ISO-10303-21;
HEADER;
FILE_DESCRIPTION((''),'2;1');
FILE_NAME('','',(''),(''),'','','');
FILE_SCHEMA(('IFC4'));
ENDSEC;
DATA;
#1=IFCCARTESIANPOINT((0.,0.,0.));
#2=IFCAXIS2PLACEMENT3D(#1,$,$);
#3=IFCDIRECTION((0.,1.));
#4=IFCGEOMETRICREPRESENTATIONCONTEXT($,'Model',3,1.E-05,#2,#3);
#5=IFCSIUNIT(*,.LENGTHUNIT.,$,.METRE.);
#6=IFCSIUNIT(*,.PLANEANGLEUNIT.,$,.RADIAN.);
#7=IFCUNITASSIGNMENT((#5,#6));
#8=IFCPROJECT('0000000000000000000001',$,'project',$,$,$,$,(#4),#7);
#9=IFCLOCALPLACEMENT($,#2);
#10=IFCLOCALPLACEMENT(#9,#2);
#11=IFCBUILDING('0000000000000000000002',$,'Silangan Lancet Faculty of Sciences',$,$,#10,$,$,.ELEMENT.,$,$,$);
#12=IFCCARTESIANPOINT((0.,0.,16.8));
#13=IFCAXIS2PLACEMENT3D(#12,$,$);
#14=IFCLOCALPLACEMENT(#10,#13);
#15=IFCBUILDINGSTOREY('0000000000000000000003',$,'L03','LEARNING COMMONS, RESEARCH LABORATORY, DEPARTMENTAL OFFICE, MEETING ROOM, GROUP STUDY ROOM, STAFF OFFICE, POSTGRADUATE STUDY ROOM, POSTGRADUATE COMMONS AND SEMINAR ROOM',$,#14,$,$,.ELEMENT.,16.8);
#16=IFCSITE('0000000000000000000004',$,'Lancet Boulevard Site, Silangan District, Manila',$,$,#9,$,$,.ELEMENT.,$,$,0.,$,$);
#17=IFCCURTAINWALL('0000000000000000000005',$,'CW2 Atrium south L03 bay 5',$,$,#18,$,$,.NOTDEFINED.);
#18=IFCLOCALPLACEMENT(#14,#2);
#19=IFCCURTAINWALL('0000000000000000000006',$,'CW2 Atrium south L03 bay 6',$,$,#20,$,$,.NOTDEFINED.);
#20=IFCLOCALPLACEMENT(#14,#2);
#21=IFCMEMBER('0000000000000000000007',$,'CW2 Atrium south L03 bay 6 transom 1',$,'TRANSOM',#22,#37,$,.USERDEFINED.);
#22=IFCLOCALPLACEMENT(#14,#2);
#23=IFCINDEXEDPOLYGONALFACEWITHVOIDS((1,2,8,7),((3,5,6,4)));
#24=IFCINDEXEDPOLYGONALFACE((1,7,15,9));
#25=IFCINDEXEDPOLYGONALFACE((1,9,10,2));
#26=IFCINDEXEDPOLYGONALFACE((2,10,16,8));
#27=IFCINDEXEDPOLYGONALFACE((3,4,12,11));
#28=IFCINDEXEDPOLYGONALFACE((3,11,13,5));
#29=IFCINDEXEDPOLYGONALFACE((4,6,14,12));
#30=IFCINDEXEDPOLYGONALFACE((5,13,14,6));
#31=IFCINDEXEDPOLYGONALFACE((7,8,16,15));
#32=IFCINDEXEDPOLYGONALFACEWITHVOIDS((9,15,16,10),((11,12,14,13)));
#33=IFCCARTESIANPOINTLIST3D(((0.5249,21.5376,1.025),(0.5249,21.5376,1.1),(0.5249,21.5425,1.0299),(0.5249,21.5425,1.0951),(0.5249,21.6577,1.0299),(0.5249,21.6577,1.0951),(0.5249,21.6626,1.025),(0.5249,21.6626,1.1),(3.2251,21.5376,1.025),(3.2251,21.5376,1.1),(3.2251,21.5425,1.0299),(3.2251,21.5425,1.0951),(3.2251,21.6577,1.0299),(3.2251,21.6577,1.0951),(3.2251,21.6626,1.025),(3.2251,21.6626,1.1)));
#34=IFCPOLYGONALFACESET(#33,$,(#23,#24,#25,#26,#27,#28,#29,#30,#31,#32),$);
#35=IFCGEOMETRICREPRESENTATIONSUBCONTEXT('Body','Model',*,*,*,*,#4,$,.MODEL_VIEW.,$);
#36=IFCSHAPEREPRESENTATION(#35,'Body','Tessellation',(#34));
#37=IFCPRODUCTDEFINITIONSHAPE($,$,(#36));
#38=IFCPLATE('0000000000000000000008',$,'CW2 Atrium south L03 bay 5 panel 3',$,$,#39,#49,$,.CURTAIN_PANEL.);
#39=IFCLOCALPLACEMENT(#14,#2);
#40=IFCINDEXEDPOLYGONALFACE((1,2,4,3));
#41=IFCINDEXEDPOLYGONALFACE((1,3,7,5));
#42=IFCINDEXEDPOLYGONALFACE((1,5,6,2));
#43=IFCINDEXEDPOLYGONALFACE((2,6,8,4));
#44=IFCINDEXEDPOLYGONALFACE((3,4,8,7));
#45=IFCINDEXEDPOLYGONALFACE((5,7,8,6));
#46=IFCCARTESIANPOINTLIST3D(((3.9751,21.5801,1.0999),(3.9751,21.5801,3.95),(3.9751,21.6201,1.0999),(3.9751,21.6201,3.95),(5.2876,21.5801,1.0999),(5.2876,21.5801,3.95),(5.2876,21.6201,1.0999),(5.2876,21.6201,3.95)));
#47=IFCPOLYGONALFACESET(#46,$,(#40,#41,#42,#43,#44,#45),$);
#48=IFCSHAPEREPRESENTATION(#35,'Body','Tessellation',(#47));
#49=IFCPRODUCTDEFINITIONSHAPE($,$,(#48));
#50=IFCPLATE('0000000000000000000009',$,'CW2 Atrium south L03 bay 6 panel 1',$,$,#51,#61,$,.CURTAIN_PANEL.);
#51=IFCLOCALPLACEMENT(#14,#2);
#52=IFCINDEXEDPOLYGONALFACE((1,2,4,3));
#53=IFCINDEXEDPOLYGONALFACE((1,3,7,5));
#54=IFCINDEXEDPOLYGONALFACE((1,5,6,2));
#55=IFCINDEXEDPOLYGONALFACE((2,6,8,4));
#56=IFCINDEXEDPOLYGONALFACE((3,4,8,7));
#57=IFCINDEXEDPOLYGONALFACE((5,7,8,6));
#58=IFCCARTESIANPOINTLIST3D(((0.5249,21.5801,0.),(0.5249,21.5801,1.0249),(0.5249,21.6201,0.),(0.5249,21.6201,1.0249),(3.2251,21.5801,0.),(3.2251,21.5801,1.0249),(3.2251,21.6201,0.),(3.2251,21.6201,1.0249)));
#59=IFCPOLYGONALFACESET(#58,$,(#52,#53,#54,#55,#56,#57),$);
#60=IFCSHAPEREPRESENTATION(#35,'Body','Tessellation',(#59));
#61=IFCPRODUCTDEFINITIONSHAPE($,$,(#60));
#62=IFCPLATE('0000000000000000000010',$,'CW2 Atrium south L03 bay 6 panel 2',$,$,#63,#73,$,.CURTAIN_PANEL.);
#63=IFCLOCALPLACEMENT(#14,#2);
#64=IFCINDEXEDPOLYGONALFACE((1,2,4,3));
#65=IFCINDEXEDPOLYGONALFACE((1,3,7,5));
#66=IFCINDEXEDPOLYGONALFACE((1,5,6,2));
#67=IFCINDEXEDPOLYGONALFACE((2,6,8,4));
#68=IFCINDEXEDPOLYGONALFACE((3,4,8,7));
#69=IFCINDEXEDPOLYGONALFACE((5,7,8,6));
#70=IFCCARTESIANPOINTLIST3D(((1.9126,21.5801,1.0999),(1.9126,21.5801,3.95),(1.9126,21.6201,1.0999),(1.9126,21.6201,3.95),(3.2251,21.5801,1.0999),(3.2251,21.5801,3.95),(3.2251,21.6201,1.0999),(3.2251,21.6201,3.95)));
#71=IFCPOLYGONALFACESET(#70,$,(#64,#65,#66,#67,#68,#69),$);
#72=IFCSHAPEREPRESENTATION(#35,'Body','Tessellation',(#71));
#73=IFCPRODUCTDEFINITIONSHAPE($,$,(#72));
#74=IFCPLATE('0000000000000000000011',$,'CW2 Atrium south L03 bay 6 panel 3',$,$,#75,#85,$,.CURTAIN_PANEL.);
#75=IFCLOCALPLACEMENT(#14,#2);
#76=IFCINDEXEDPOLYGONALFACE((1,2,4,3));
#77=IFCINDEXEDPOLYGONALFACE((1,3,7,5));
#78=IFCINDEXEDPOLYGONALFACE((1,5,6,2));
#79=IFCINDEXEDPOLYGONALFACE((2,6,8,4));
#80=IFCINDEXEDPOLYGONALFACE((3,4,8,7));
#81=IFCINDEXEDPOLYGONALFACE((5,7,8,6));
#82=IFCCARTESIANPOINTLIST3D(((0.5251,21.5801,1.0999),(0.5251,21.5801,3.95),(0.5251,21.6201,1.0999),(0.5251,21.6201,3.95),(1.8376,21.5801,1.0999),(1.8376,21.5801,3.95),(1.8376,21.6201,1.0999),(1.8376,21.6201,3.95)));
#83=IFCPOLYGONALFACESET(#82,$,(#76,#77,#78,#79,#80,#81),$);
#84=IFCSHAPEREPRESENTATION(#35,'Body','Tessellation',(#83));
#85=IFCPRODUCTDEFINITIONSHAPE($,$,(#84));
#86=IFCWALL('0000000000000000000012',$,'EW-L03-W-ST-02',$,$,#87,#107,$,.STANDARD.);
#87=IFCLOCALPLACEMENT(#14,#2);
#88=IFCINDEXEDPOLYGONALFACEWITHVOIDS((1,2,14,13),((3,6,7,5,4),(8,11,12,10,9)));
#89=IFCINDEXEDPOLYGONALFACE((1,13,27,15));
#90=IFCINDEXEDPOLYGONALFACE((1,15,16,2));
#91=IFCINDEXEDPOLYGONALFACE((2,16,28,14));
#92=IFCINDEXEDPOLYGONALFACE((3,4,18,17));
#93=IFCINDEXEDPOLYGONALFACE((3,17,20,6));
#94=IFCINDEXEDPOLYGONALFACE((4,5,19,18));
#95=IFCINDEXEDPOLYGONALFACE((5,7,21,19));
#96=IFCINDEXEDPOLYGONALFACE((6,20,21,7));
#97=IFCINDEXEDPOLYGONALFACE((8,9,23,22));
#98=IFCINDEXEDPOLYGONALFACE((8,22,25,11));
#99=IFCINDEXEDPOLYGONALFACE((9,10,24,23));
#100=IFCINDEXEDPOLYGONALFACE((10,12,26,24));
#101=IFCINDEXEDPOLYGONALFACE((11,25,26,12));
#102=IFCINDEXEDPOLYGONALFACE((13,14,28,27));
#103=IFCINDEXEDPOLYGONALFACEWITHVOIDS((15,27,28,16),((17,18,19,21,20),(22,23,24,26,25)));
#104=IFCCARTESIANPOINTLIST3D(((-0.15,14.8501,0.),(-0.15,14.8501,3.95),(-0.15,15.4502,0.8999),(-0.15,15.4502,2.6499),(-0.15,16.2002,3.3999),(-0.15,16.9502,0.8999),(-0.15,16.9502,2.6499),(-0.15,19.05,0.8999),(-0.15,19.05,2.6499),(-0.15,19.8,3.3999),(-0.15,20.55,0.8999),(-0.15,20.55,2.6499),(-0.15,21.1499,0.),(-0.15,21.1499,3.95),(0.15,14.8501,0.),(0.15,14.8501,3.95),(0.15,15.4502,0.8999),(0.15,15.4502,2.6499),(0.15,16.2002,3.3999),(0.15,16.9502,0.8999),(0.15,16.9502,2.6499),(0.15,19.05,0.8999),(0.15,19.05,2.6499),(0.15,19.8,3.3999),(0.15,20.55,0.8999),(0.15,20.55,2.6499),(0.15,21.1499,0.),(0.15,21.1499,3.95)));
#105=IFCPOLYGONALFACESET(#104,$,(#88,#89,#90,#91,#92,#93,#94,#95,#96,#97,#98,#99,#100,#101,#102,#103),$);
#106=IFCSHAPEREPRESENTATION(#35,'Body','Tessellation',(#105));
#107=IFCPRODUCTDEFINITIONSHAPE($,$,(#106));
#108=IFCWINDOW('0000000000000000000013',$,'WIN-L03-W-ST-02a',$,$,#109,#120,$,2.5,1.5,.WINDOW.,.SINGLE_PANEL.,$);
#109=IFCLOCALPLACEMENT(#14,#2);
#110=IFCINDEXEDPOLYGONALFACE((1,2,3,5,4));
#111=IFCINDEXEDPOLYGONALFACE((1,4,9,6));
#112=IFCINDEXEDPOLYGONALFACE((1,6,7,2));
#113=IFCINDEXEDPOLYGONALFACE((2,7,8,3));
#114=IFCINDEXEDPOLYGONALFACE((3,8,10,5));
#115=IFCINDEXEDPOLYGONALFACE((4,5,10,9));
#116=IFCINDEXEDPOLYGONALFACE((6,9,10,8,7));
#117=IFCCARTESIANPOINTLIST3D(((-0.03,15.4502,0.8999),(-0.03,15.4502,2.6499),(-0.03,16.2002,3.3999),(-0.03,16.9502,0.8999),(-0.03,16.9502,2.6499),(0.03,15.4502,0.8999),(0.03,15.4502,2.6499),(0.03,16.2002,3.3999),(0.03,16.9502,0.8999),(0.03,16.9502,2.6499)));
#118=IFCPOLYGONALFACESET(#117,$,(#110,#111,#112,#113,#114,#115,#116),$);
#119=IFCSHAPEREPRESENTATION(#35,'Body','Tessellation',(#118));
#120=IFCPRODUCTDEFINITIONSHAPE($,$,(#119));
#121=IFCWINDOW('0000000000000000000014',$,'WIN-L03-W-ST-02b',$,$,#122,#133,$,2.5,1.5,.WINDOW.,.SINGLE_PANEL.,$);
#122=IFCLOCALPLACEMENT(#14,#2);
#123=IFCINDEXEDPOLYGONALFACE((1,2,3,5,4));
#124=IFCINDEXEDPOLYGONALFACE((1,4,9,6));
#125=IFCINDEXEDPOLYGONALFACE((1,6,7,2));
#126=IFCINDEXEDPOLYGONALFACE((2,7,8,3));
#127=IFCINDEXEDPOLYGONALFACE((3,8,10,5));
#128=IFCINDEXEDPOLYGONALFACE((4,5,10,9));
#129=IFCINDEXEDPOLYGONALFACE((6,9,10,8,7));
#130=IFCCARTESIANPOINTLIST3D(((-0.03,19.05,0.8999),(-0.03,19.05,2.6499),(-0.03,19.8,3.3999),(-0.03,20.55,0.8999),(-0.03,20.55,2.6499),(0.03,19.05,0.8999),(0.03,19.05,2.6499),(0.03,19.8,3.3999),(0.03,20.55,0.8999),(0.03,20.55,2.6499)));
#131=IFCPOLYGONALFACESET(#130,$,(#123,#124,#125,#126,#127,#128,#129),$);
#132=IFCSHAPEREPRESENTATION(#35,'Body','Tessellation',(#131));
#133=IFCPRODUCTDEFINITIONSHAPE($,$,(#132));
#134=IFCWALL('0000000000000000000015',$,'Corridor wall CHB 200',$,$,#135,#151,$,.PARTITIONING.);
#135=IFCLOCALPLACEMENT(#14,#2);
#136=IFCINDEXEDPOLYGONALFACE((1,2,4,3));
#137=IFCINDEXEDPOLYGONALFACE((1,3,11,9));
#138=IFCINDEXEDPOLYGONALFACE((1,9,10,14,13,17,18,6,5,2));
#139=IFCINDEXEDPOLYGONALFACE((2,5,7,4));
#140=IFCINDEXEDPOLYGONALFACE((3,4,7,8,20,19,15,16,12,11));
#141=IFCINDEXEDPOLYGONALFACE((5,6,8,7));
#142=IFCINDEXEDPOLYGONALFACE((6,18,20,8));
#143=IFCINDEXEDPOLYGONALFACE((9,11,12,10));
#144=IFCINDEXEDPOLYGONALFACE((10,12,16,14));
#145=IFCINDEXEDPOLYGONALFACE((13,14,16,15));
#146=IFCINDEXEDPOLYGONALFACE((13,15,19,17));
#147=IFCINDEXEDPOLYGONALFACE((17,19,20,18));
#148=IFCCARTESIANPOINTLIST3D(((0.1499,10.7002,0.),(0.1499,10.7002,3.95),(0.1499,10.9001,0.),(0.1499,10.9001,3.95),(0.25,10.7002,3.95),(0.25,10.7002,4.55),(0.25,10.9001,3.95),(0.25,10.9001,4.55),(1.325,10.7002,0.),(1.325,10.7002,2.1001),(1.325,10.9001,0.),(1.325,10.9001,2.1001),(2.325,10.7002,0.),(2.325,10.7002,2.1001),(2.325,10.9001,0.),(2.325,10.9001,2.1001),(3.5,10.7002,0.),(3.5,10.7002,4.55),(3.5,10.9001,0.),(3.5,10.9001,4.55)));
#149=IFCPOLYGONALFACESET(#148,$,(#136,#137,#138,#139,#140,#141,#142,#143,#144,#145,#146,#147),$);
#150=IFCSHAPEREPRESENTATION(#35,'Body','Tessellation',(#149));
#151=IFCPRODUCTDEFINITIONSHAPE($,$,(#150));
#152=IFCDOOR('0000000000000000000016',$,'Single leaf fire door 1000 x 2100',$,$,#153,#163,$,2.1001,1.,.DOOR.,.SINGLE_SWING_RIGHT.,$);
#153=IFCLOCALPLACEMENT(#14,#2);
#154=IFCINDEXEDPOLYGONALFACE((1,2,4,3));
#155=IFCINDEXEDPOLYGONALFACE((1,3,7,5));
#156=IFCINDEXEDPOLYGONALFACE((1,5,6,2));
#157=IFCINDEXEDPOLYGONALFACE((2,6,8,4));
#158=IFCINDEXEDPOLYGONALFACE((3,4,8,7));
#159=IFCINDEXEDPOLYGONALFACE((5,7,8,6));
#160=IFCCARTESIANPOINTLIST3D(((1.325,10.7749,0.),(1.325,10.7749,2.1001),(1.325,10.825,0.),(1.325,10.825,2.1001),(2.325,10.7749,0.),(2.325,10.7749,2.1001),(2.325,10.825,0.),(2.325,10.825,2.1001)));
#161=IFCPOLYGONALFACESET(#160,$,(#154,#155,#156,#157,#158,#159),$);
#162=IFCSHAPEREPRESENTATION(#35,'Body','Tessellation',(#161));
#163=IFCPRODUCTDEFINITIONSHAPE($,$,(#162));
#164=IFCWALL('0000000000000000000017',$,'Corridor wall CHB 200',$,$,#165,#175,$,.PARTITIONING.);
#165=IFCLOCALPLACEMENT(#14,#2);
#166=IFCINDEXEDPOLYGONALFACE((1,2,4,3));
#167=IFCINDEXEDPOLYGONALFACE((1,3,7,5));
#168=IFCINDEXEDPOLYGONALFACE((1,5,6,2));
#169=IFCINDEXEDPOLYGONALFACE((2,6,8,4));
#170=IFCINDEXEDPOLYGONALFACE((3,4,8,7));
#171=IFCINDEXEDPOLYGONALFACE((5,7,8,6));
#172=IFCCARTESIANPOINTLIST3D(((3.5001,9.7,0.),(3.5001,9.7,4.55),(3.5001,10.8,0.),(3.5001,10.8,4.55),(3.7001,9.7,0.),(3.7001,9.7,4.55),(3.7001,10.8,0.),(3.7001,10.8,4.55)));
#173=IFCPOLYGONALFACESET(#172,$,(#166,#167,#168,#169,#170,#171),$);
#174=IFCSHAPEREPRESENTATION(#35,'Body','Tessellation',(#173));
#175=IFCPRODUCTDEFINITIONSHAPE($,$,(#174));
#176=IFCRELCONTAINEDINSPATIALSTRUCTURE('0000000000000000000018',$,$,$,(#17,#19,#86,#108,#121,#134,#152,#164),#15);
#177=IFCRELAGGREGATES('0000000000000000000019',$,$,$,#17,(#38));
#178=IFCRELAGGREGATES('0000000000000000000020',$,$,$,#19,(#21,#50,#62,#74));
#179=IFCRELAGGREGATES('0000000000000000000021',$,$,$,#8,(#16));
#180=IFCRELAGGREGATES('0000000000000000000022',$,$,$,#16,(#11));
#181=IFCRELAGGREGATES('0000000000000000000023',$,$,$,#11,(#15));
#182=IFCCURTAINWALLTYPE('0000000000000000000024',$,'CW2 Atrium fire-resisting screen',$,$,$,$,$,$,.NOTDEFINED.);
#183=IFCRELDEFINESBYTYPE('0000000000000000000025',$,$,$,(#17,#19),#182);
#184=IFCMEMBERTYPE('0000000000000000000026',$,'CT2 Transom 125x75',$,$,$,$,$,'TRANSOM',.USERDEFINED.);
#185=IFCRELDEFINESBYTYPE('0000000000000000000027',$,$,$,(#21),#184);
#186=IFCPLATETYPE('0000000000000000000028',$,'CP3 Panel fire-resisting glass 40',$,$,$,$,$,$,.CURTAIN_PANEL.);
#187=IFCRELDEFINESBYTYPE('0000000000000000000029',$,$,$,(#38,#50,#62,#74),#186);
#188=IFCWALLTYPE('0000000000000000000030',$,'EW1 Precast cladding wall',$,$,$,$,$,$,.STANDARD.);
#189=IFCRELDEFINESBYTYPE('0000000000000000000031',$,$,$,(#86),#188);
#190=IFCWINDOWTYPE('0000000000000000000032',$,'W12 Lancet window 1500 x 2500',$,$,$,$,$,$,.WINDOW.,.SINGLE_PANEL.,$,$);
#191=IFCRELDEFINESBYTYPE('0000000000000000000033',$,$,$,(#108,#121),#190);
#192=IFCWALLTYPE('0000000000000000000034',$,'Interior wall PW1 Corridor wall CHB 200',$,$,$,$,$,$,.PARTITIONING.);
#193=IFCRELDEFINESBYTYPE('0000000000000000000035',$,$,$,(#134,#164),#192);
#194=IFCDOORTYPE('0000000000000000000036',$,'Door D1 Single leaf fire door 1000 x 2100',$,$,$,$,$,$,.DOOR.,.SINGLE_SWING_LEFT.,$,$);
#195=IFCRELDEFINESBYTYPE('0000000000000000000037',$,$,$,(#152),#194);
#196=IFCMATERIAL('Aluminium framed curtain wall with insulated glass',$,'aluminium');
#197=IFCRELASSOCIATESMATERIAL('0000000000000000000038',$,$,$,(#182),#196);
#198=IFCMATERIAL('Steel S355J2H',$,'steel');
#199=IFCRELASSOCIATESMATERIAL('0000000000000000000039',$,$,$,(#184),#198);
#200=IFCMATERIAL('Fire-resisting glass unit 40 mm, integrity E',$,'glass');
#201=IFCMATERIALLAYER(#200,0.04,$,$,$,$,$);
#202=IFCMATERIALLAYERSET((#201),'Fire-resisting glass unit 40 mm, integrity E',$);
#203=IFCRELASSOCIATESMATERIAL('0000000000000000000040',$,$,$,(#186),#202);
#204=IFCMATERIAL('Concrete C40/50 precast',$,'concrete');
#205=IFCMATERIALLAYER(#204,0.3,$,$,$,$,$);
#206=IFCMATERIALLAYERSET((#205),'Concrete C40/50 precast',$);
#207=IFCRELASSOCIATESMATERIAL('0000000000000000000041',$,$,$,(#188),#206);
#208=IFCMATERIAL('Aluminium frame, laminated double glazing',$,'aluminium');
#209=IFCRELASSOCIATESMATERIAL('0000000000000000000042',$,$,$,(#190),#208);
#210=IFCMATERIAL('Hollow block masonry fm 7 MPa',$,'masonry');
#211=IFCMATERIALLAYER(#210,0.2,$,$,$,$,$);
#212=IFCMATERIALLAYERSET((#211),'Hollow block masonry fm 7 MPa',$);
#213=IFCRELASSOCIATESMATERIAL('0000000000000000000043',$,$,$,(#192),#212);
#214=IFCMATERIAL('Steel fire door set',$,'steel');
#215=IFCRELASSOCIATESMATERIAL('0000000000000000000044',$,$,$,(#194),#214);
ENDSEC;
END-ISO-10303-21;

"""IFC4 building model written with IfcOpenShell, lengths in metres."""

from ifc_helpers import new_model, si_unit, direction, frame, frame_2d, origin, origin_2d, place, context, subcontext, project, spatial, polyline, rectangle, hollow_rectangle, outline, extrude, material, layer, layer_set, material_profile, profile_set, type_object, element, fill, aggregate, save


model = new_model("IFC4")

# Units and contexts
model_context = context("Model", 3, precision=1e-05, world=origin(), true_north=direction((0.0, 1.0)))
body_context = subcontext(model_context, "Body", "Model", "MODEL_VIEW")
ifc_project = project(units=[si_unit("LENGTHUNIT", "METRE"), si_unit("PLANEANGLEUNIT", "RADIAN")], contexts=[model_context])

# Site, building, storey
site_placement = place(None, origin())
site = spatial("IfcSite", under=ifc_project, at=site_placement, Name="Lancet Boulevard Site, Silangan District, Manila", CompositionType="ELEMENT", RefElevation=0.0)
building_placement = place(site_placement, origin())
building = spatial("IfcBuilding", under=site, at=building_placement, Name="Silangan Lancet Faculty of Sciences", CompositionType="ELEMENT")
storey_placement = place(building_placement, frame((0.0, 0.0, 16.8)))
storey = spatial("IfcBuildingStorey", under=building, at=storey_placement, Name="L03", Description="LEARNING COMMONS, RESEARCH LABORATORY, DEPARTMENTAL OFFICE, MEETING ROOM, GROUP STUDY ROOM, STAFF OFFICE, POSTGRADUATE STUDY ROOM, POSTGRADUATE COMMONS AND SEMINAR ROOM", CompositionType="ELEMENT", Elevation=16.8)

# Curtain walls, member
ifc_material_1 = material(Name="Aluminium framed curtain wall with insulated glass", Category="aluminium")
curtain_wall_type = type_object("IfcCurtainWallType", Name="CW2 Atrium fire-resisting screen", PredefinedType="NOTDEFINED", material=ifc_material_1)
curtain_wall_1_placement = place(storey_placement, origin())
curtain_wall_1 = element("IfcCurtainWall", 1, at=curtain_wall_1_placement, inside=storey, type_object=curtain_wall_type, Name="CW2 Atrium south L03 bay 5", PredefinedType="NOTDEFINED")
curtain_wall_2_placement = place(storey_placement, origin())
curtain_wall_2 = element("IfcCurtainWall", 2, at=curtain_wall_2_placement, inside=storey, type_object=curtain_wall_type, Name="CW2 Atrium south L03 bay 6", PredefinedType="NOTDEFINED")
ifc_material_2 = material(Name="Steel S355J2H", Category="steel")
ifc_material_profile_1 = material_profile(ifc_material_2, hollow_rectangle(XDim=0.125, YDim=0.075, WallThickness=0.0049, at=origin_2d()), Name="ST BOX 125x75x5")
ifc_profile_set_1 = profile_set([ifc_material_profile_1], Name="Steel S355J2H")
member_type_1 = type_object("IfcMemberType", Name="CT2 Transom 125x75", ElementType="TRANSOM", PredefinedType="USERDEFINED", material=ifc_profile_set_1)
member_1_placement = place(storey_placement, frame((3.2251, 21.6001, 1.0625), z_axis=(-1.0, 0.0, 0.0), x_axis=(0.0, -1.0, 0.0)))
member_1 = element("IfcMember", 3, at=member_1_placement, type_object=member_type_1, Name="CW2 Atrium south L03 bay 6 transom 1", ObjectType="TRANSOM", PredefinedType="USERDEFINED", context=body_context, shape_type="SweptSolid", body=[
    extrude(hollow_rectangle(XDim=0.125, YDim=0.075, WallThickness=0.0049, at=origin_2d()), origin(), (0.0, 0.0, 1.0), 2.7002),
])

# Plates
ifc_material_3 = material(Name="Fire-resisting glass unit 40 mm, integrity E", Category="glass")
ifc_layer_1 = layer(ifc_material_3, 0.04)
ifc_layer_set_1 = layer_set([ifc_layer_1], Name="Fire-resisting glass unit 40 mm, integrity E")
plate_type = type_object("IfcPlateType", Name="CP3 Panel fire-resisting glass 40", PredefinedType="CURTAIN_PANEL", material=ifc_layer_set_1)
plate_1_placement = place(storey_placement, frame((4.6313, 21.6001, 1.0999), z_axis=(0.0, 0.0, 1.0), x_axis=(-1.0, 0.0, 0.0)))
plate_1 = element("IfcPlate", 4, at=plate_1_placement, type_object=plate_type, Name="CW2 Atrium south L03 bay 5 panel 3", PredefinedType="CURTAIN_PANEL", context=body_context, shape_type="SweptSolid", body=[
    extrude(rectangle(XDim=1.3125, YDim=0.04, at=origin_2d()), origin(), (0.0, 0.0, 1.0), 2.8501),
])
aggregate(curtain_wall_1, [plate_1])
plate_2_placement = place(storey_placement, frame((1.875, 21.6001, 0.0), z_axis=(0.0, 0.0, 1.0), x_axis=(-1.0, 0.0, 0.0)))
plate_2 = element("IfcPlate", 5, at=plate_2_placement, type_object=plate_type, Name="CW2 Atrium south L03 bay 6 panel 1", PredefinedType="CURTAIN_PANEL", context=body_context, shape_type="SweptSolid", body=[
    extrude(rectangle(XDim=2.7002, YDim=0.04, at=origin_2d()), origin(), (0.0, 0.0, 1.0), 1.0249),
])
plate_3_placement = place(storey_placement, frame((2.5688, 21.6001, 1.0999), z_axis=(0.0, 0.0, 1.0), x_axis=(-1.0, 0.0, 0.0)))
plate_3 = element("IfcPlate", 6, at=plate_3_placement, type_object=plate_type, Name="CW2 Atrium south L03 bay 6 panel 2", PredefinedType="CURTAIN_PANEL", context=body_context, shape_type="SweptSolid", body=[
    extrude(rectangle(XDim=1.3125, YDim=0.04, at=origin_2d()), origin(), (0.0, 0.0, 1.0), 2.8501),
])
plate_4_placement = place(storey_placement, frame((1.1814, 21.6001, 1.0999), z_axis=(0.0, 0.0, 1.0), x_axis=(-1.0, 0.0, 0.0)))
plate_4 = element("IfcPlate", 7, at=plate_4_placement, type_object=plate_type, Name="CW2 Atrium south L03 bay 6 panel 3", PredefinedType="CURTAIN_PANEL", context=body_context, shape_type="SweptSolid", body=[
    extrude(rectangle(XDim=1.3125, YDim=0.04, at=origin_2d()), origin(), (0.0, 0.0, 1.0), 2.8501),
])
aggregate(curtain_wall_2, [member_1, plate_2, plate_3, plate_4])

# Wall, openings, windows
ifc_material_4 = material(Name="Concrete C40/50 precast", Category="concrete")
ifc_layer_2 = layer(ifc_material_4, 0.3)
ifc_layer_set_2 = layer_set([ifc_layer_2], Name="Concrete C40/50 precast")
wall_type_1 = type_object("IfcWallType", Name="EW1 Precast cladding wall", PredefinedType="STANDARD", material=ifc_layer_set_2)
wall_1_placement = place(storey_placement, frame((0.0, 14.8501, 0.0), z_axis=(0.0, 0.0, 1.0), x_axis=(0.0, 1.0, 0.0)))
wall_1 = element("IfcWall", 8, at=wall_1_placement, inside=storey, type_object=wall_type_1, Name="EW-L03-W-ST-02", PredefinedType="STANDARD", context=body_context, shape_type="SweptSolid", body=[
    extrude(rectangle(XDim=6.2998, YDim=0.3, at=frame_2d((3.1499, 0.0))), origin(), (0.0, 0.0, 1.0), 3.95),
])
opening_1_placement = place(wall_1_placement, frame((0.6001, 0.0, 0.8999)))
opening_1 = element("IfcOpeningElement", 9, at=opening_1_placement, cuts=wall_1, PredefinedType="OPENING", context=body_context, shape_type="SweptSolid", body=[
    extrude(outline(polyline([(0.0, 0.0), (1.5, 0.0), (1.5, 1.75), (0.75, 2.5), (0.0, 1.75), (0.0, 0.0)])), frame((0.0, 0.1599, 0.0), z_axis=(0.0, -1.0, 0.0), x_axis=(1.0, 0.0, 0.0)), (0.0, 0.0, 1.0), 0.3201),
])
opening_2_placement = place(wall_1_placement, frame((4.2, 0.0, 0.8999)))
opening_2 = element("IfcOpeningElement", 10, at=opening_2_placement, cuts=wall_1, PredefinedType="OPENING", context=body_context, shape_type="SweptSolid", body=[
    extrude(outline(polyline([(0.0, 0.0), (1.5, 0.0), (1.5, 1.75), (0.75, 2.5), (0.0, 1.75), (0.0, 0.0)])), frame((0.0, 0.1599, 0.0), z_axis=(0.0, -1.0, 0.0), x_axis=(1.0, 0.0, 0.0)), (0.0, 0.0, 1.0), 0.3201),
])
ifc_material_5 = material(Name="Aluminium frame, laminated double glazing", Category="aluminium")
window_type = type_object("IfcWindowType", Name="W12 Lancet window 1500 x 2500", PartitioningType="SINGLE_PANEL", PredefinedType="WINDOW", material=ifc_material_5)
window_1_placement = place(opening_1_placement, origin())
window_1 = element("IfcWindow", 11, at=window_1_placement, inside=storey, type_object=window_type, Name="WIN-L03-W-ST-02a", OverallHeight=2.5, OverallWidth=1.5, PartitioningType="SINGLE_PANEL", PredefinedType="WINDOW", context=body_context, shape_type="SweptSolid", body=[
    extrude(outline(polyline([(0.0, 0.0), (1.5, 0.0), (1.5, 1.75), (0.75, 2.5), (0.0, 1.75), (0.0, 0.0)])), frame((0.0, 0.03, 0.0), z_axis=(0.0, -1.0, 0.0), x_axis=(1.0, 0.0, 0.0)), (0.0, 0.0, 1.0), 0.0601),
])
fill(opening_1, window_1)
window_2_placement = place(opening_2_placement, origin())
window_2 = element("IfcWindow", 12, at=window_2_placement, inside=storey, type_object=window_type, Name="WIN-L03-W-ST-02b", OverallHeight=2.5, OverallWidth=1.5, PartitioningType="SINGLE_PANEL", PredefinedType="WINDOW", context=body_context, shape_type="SweptSolid", body=[
    extrude(outline(polyline([(0.0, 0.0), (1.5, 0.0), (1.5, 1.75), (0.75, 2.5), (0.0, 1.75), (0.0, 0.0)])), frame((0.0, 0.03, 0.0), z_axis=(0.0, -1.0, 0.0), x_axis=(1.0, 0.0, 0.0)), (0.0, 0.0, 1.0), 0.0601),
])
fill(opening_2, window_2)

# Wall, opening, door
ifc_material_6 = material(Name="Hollow block masonry fm 7 MPa", Category="masonry")
ifc_layer_3 = layer(ifc_material_6, 0.2)
ifc_layer_set_3 = layer_set([ifc_layer_3], Name="Hollow block masonry fm 7 MPa")
wall_type_2 = type_object("IfcWallType", Name="Interior wall PW1 Corridor wall CHB 200", PredefinedType="PARTITIONING", material=ifc_layer_set_3)
wall_2_placement = place(storey_placement, frame((0.1499, 10.8, 0.0), z_axis=(0.0, 0.0, 1.0), x_axis=(1.0, 0.0, 0.0)))
wall_2 = element("IfcWall", 13, at=wall_2_placement, inside=storey, type_object=wall_type_2, Name="Corridor wall CHB 200", PredefinedType="PARTITIONING", context=body_context, shape_type="SweptSolid", body=[
    extrude(outline(polyline([(0.0, 0.0), (3.3501, 0.0), (3.3501, 4.55), (0.1001, 4.55), (0.1001, 3.95), (0.0, 3.95), (0.0, 0.0)])), frame((0.0, 0.1001, 0.0), z_axis=(0.0, -1.0, 0.0), x_axis=(1.0, 0.0, 0.0)), (0.0, 0.0, 1.0), 0.2),
])
opening_3_placement = place(wall_2_placement, frame((1.175, 0.0, 0.0)))
opening_3 = element("IfcOpeningElement", 14, at=opening_3_placement, cuts=wall_2, PredefinedType="OPENING", context=body_context, shape_type="SweptSolid", body=[
    extrude(rectangle(XDim=1.0, YDim=2.1001, at=frame_2d((0.5, 1.05))), frame((0.0, 0.1099, 0.0), z_axis=(0.0, -1.0, 0.0), x_axis=(1.0, 0.0, 0.0)), (0.0, 0.0, 1.0), 0.22),
])
ifc_material_7 = material(Name="Steel fire door set", Category="steel")
door_type = type_object("IfcDoorType", Name="Door D1 Single leaf fire door 1000 x 2100", OperationType="SINGLE_SWING_LEFT", PredefinedType="DOOR", material=ifc_material_7)
door_placement = place(opening_3_placement, origin())
door = element("IfcDoor", 15, at=door_placement, inside=storey, type_object=door_type, Name="Single leaf fire door 1000 x 2100", OperationType="SINGLE_SWING_RIGHT", OverallHeight=2.1001, OverallWidth=1.0, PredefinedType="DOOR", context=body_context, shape_type="SweptSolid", body=[
    extrude(rectangle(XDim=1.0, YDim=2.1001, at=frame_2d((0.5, 1.05))), frame((0.0, 0.0249, 0.0), z_axis=(0.0, -1.0, 0.0), x_axis=(1.0, 0.0, 0.0)), (0.0, 0.0, 1.0), 0.05),
])
fill(opening_3, door)

# Wall
wall_3_placement = place(storey_placement, frame((3.6001, 9.7, 0.0), z_axis=(0.0, 0.0, 1.0), x_axis=(0.0, 1.0, 0.0)))
element("IfcWall", 16, at=wall_3_placement, inside=storey, type_object=wall_type_2, Name="Corridor wall CHB 200", PredefinedType="PARTITIONING", context=body_context, shape_type="SweptSolid", body=[
    extrude(rectangle(XDim=1.1001, YDim=0.2, at=frame_2d((0.55, 0.0))), origin(), (0.0, 0.0, 1.0), 4.55),
])

save(model, "model.ifc")
